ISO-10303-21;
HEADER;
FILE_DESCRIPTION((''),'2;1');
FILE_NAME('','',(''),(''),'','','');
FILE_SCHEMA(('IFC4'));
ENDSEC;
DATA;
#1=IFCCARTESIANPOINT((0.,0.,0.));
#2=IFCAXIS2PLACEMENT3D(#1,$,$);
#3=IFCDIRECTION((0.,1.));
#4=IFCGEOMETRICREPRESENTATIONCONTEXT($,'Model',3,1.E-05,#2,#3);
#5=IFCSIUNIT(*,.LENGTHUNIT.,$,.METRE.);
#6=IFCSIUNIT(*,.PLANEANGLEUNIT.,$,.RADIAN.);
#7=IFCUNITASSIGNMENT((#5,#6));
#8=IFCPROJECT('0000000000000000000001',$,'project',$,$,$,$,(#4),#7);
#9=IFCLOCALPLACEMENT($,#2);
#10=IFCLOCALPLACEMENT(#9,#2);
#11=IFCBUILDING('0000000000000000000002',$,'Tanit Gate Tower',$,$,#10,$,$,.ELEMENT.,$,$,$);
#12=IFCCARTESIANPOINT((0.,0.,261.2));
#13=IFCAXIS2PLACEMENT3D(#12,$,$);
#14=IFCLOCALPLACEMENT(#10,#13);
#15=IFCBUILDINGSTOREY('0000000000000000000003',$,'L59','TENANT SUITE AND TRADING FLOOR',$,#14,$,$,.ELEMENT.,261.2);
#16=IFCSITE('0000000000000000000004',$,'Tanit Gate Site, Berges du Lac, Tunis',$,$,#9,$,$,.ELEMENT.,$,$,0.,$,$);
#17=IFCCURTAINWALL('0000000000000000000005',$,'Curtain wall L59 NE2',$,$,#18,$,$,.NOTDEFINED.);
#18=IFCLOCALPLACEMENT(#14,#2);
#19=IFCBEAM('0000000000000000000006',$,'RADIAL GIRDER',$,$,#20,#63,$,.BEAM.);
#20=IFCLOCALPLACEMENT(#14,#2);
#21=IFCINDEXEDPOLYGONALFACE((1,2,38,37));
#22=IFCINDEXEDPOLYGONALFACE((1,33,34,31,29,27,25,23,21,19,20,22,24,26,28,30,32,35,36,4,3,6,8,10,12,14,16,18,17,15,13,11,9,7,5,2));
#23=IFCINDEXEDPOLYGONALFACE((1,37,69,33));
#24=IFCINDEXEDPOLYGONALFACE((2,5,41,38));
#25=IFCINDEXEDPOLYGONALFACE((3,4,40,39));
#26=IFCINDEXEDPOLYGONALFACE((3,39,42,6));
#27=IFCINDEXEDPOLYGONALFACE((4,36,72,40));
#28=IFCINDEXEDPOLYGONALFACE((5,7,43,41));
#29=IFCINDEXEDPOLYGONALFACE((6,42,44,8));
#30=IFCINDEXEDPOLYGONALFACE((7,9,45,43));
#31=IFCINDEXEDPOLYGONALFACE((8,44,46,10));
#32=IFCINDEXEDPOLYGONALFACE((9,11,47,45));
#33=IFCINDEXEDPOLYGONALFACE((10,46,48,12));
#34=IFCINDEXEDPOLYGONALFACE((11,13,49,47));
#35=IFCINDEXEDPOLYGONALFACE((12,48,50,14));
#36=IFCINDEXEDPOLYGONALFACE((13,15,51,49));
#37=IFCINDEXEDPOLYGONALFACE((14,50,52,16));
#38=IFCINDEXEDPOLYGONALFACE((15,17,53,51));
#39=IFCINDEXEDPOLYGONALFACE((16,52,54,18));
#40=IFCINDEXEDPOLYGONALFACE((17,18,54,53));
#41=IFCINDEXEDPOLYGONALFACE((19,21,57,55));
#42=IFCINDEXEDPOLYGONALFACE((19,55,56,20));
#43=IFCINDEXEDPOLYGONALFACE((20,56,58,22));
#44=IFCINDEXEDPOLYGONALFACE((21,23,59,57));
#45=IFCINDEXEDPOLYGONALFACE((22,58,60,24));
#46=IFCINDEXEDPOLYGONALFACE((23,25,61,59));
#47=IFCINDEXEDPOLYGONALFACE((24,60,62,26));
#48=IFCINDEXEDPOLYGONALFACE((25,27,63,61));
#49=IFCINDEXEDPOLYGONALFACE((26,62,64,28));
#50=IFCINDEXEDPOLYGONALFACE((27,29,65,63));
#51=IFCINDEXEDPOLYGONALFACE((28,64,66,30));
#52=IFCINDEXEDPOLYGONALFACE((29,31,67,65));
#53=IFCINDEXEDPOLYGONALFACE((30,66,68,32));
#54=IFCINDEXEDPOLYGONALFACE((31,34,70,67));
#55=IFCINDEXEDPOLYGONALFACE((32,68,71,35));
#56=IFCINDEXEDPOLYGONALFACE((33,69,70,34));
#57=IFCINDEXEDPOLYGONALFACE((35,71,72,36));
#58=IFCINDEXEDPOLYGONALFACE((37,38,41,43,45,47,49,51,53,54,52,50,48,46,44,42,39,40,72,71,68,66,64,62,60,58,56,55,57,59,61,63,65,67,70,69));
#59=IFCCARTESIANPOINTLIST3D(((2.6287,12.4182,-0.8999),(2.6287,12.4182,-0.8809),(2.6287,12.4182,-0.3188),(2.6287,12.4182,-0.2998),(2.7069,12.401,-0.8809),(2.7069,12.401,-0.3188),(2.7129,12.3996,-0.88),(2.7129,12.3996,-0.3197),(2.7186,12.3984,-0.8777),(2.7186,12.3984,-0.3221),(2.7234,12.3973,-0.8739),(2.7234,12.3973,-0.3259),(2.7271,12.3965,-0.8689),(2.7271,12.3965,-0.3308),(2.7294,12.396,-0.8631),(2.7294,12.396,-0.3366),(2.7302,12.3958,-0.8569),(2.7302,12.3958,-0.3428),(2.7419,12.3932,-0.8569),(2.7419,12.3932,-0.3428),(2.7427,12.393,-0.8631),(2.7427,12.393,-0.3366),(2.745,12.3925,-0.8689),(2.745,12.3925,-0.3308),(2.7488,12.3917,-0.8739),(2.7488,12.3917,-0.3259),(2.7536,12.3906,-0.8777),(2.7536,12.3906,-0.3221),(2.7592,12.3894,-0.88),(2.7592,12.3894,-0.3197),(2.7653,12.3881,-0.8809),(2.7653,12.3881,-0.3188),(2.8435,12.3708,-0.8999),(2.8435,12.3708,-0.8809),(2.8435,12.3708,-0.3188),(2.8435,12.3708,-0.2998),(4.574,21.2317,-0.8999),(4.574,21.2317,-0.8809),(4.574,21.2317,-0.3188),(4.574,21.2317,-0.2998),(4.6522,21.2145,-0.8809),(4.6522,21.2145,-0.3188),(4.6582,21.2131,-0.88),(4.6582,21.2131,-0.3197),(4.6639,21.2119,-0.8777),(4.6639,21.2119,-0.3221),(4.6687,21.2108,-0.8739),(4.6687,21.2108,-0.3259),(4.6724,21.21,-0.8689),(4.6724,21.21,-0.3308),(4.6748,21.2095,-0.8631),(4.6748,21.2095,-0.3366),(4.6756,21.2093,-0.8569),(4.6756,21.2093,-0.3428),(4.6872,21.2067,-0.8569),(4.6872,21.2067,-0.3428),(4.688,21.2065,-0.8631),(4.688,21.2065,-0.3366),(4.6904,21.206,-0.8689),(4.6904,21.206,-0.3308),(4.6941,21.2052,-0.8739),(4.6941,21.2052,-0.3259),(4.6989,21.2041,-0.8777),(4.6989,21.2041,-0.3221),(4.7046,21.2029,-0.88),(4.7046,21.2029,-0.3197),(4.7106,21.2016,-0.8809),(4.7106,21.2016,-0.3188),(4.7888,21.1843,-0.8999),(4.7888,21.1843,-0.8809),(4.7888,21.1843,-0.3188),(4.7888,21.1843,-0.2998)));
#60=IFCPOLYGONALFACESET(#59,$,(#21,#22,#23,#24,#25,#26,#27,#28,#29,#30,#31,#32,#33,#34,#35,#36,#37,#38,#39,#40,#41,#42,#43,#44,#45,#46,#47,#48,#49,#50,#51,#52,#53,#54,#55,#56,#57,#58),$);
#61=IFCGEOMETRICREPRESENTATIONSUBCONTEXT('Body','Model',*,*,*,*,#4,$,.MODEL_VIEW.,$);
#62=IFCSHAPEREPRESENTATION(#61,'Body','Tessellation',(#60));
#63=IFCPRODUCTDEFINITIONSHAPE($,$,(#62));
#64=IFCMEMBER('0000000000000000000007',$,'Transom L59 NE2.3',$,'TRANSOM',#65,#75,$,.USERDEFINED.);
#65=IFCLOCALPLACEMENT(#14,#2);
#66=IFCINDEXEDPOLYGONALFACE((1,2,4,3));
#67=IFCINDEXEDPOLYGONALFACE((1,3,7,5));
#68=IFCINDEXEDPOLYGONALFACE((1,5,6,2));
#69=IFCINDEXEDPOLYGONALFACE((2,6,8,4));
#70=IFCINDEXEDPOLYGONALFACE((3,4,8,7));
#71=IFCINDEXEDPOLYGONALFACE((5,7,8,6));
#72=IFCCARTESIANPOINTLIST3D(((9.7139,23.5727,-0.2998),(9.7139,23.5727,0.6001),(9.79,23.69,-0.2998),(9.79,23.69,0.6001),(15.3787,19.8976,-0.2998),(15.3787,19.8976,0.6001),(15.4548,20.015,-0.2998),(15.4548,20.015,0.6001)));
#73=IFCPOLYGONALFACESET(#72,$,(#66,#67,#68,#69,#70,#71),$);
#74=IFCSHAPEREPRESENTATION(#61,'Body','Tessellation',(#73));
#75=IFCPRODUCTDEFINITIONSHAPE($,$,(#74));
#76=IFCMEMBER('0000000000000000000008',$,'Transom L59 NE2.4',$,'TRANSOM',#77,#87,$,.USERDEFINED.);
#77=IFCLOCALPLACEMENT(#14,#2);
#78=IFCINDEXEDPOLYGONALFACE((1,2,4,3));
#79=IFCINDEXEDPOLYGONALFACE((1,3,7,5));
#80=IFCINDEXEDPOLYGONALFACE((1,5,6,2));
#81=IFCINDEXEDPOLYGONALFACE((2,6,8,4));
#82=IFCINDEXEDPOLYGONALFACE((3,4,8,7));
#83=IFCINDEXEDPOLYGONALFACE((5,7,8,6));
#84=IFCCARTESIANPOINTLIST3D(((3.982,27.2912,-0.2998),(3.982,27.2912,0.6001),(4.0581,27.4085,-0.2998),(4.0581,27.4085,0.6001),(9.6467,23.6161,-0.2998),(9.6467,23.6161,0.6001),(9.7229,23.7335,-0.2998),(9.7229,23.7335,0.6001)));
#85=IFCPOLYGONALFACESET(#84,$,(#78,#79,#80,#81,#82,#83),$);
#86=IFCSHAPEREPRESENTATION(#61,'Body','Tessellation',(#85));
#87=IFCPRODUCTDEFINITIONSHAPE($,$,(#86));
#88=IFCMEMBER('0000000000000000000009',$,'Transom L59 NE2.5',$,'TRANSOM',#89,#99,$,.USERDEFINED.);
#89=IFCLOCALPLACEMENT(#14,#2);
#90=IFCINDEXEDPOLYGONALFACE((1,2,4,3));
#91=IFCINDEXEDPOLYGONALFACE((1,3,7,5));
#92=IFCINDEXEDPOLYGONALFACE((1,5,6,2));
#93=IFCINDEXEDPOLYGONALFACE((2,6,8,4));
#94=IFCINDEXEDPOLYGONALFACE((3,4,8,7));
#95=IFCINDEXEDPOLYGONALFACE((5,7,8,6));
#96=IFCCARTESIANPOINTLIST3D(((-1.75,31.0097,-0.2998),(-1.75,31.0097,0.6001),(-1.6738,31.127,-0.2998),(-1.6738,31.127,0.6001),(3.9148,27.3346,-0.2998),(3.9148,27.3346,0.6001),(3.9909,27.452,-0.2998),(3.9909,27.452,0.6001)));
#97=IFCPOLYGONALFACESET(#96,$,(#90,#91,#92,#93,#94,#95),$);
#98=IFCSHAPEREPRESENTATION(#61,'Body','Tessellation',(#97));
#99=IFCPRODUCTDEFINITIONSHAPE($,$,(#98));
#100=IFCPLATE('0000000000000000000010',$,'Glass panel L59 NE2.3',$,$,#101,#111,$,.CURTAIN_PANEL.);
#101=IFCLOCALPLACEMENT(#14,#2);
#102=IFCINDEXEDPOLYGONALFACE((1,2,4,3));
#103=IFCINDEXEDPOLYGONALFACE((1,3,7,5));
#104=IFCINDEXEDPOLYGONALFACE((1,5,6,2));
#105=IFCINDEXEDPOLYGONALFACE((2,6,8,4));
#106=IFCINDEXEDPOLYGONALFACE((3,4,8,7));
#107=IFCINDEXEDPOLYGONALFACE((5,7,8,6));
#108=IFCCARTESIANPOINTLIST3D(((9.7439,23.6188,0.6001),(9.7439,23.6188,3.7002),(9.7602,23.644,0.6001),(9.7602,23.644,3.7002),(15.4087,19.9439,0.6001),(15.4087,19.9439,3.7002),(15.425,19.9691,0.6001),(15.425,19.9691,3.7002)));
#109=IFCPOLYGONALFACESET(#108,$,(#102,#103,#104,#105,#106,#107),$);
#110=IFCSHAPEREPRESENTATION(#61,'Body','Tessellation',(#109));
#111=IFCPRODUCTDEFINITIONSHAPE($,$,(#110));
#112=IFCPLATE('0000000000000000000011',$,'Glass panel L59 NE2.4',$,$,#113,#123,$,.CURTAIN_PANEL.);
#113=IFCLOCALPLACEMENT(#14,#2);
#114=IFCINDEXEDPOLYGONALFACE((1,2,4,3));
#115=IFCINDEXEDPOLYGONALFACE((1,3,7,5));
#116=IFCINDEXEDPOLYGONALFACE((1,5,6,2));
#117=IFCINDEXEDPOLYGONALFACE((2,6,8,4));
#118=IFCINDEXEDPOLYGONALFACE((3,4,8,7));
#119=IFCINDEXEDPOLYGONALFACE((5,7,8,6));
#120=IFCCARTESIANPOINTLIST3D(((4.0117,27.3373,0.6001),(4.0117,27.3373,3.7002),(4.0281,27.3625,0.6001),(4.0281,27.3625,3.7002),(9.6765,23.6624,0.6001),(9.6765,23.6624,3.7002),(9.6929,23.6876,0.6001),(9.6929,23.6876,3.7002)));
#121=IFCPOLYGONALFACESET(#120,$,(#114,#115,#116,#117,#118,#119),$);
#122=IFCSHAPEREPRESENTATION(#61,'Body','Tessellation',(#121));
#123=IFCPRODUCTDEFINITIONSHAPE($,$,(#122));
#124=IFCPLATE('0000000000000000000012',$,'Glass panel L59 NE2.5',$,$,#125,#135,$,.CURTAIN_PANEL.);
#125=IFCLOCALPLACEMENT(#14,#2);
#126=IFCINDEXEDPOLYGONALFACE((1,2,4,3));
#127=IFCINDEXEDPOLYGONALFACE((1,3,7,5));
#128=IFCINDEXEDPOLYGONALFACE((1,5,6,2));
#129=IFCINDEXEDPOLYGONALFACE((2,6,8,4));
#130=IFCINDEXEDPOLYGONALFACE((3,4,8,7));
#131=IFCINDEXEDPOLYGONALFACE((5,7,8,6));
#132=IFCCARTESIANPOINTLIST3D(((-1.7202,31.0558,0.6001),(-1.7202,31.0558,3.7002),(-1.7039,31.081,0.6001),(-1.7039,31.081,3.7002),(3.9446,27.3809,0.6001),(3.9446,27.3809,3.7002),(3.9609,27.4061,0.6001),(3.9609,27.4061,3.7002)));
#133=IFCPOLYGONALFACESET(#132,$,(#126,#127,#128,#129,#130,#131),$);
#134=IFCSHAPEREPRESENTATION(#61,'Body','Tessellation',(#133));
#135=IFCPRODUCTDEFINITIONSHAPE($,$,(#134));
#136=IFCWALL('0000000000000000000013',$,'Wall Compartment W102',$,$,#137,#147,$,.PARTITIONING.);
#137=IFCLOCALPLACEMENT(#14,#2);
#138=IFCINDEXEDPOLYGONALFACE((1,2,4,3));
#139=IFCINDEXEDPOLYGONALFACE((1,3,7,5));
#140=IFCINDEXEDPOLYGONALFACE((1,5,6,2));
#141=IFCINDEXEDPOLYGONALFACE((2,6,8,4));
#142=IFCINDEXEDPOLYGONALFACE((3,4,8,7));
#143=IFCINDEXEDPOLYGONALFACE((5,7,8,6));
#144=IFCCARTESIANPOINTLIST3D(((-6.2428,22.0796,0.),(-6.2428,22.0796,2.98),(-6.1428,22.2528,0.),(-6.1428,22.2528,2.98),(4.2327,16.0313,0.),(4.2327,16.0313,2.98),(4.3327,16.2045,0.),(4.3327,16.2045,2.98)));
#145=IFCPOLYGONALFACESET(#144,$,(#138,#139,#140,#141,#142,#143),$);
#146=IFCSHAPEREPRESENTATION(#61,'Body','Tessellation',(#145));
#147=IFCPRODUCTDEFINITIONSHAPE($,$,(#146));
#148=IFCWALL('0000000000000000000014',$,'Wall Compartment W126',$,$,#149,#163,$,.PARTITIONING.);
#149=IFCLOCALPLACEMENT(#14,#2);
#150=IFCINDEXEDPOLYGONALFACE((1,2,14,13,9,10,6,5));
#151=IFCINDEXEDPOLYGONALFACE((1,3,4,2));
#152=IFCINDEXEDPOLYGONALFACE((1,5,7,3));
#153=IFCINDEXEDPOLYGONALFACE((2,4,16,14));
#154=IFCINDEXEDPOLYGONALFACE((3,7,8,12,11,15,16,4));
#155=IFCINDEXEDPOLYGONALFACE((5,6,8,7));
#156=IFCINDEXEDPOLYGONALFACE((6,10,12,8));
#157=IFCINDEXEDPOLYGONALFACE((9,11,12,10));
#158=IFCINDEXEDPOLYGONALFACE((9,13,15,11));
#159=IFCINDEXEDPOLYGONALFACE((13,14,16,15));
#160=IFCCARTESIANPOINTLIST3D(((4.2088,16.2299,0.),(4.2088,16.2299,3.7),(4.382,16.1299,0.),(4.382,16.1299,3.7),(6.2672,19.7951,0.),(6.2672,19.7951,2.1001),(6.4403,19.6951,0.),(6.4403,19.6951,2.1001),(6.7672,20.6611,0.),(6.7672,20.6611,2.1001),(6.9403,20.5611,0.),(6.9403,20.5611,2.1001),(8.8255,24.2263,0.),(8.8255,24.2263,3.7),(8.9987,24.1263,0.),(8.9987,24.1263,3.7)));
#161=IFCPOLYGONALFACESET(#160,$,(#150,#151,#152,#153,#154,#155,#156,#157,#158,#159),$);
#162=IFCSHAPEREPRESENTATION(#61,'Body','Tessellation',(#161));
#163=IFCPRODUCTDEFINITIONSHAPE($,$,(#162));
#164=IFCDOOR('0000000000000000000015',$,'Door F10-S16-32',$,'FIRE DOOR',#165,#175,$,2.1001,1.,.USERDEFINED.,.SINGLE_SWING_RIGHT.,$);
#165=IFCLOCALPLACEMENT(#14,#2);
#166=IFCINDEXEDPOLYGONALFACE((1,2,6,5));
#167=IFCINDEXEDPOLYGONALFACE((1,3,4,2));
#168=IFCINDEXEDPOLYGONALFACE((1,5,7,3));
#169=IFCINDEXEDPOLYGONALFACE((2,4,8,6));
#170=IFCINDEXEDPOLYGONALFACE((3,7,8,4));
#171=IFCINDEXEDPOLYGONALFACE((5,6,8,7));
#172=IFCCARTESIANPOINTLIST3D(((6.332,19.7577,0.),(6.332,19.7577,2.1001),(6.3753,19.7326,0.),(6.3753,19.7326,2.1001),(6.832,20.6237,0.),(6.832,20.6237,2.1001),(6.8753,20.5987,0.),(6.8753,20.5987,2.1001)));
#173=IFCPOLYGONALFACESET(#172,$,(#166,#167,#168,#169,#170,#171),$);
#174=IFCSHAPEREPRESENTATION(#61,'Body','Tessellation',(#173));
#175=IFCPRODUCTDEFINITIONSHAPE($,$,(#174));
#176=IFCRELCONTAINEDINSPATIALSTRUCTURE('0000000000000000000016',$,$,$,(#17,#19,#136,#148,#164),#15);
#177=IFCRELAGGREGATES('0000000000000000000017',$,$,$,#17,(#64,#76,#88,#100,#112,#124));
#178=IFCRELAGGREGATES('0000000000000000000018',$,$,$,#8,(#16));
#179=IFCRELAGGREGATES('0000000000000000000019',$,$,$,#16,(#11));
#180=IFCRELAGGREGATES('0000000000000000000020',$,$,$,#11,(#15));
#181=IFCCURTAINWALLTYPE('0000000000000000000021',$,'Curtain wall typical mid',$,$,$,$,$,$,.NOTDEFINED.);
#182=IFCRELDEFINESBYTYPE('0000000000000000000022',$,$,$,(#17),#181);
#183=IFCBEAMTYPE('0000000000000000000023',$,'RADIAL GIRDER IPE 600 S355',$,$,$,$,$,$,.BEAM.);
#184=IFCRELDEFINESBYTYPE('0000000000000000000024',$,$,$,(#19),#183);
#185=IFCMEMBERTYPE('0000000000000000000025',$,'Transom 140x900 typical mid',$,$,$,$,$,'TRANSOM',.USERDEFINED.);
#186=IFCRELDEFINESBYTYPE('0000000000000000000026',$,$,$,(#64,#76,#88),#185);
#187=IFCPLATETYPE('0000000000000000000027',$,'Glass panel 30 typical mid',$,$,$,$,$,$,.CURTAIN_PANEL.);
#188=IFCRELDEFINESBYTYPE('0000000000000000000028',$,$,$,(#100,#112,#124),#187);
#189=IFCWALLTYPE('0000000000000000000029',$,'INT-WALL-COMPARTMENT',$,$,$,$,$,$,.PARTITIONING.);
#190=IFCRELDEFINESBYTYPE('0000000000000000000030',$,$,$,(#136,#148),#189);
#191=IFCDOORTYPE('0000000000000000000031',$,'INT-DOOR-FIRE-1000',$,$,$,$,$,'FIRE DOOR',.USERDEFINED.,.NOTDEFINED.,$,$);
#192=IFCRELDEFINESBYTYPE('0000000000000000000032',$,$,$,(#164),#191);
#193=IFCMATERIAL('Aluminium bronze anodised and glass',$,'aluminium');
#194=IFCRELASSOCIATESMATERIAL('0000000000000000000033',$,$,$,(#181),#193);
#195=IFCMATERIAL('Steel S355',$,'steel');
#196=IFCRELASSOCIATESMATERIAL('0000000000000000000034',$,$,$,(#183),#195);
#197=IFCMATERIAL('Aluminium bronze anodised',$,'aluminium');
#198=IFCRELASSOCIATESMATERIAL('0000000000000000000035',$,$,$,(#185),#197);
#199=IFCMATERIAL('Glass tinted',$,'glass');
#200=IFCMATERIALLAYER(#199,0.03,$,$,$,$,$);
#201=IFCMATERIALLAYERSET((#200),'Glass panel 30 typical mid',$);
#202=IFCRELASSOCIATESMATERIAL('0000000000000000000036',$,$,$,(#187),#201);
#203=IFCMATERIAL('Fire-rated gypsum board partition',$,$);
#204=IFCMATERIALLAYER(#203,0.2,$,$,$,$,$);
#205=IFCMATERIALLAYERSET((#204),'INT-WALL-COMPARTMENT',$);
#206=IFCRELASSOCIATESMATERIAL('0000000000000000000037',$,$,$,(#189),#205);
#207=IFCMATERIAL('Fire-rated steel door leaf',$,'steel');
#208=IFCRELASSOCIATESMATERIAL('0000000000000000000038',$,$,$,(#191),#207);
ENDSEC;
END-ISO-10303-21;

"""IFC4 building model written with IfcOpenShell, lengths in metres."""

from ifc_helpers import new_model, si_unit, direction, frame, frame_2d, origin, origin_2d, place, context, subcontext, project, spatial, rectangle, i_section, extrude, material, layer, layer_set, material_profile, profile_set, type_object, element, fill, aggregate, save


model = new_model("IFC4")

# Units and contexts
model_context = context("Model", 3, precision=1e-05, world=origin(), true_north=direction((0.0, 1.0)))
body_context = subcontext(model_context, "Body", "Model", "MODEL_VIEW")
ifc_project = project(units=[si_unit("LENGTHUNIT", "METRE"), si_unit("PLANEANGLEUNIT", "RADIAN")], contexts=[model_context])

# Site, building, storey
site_placement = place(None, origin())
site = spatial("IfcSite", under=ifc_project, at=site_placement, Name="Tanit Gate Site, Berges du Lac, Tunis", CompositionType="ELEMENT", RefElevation=0.0)
building_placement = place(site_placement, origin())
building = spatial("IfcBuilding", under=site, at=building_placement, Name="Tanit Gate Tower", CompositionType="ELEMENT")
storey_placement = place(building_placement, frame((0.0, 0.0, 261.2)))
storey = spatial("IfcBuildingStorey", under=building, at=storey_placement, Name="L59", Description="TENANT SUITE AND TRADING FLOOR", CompositionType="ELEMENT", Elevation=261.2)

# Curtain wall
ifc_material_1 = material(Name="Aluminium bronze anodised and glass", Category="aluminium")
curtain_wall_type = type_object("IfcCurtainWallType", Name="Curtain wall typical mid", PredefinedType="NOTDEFINED", material=ifc_material_1)
curtain_wall_placement = place(storey_placement, origin())
curtain_wall = element("IfcCurtainWall", 1, at=curtain_wall_placement, inside=storey, type_object=curtain_wall_type, Name="Curtain wall L59 NE2", PredefinedType="NOTDEFINED")

# Beam
ifc_material_2 = material(Name="Steel S355", Category="steel")
ifc_material_profile_1 = material_profile(ifc_material_2, i_section(OverallWidth=0.22, OverallDepth=0.6001, WebThickness=0.012, FlangeThickness=0.019, FilletRadius=0.0239, at=origin_2d()), Name="IPE 600")
ifc_profile_set_1 = profile_set([ifc_material_profile_1], Name="Steel S355")
beam_type_1 = type_object("IfcBeamType", Name="RADIAL GIRDER IPE 600 S355", PredefinedType="BEAM", material=ifc_profile_set_1)
beam_1_placement = place(storey_placement, frame((4.6814, 21.208, -0.5999), z_axis=(-0.215533, -0.976497, 0.0), x_axis=(0.976497, -0.215533, 0.0)))
element("IfcBeam", 2, at=beam_1_placement, inside=storey, type_object=beam_type_1, Name="RADIAL GIRDER", PredefinedType="BEAM", context=body_context, shape_type="SweptSolid", body=[
    extrude(i_section(OverallWidth=0.22, OverallDepth=0.6001, WebThickness=0.012, FlangeThickness=0.019, FilletRadius=0.0239, at=origin_2d()), origin(), (0.0, 0.0, 1.0), 9.0256),
])

# Members
ifc_material_3 = material(Name="Aluminium bronze anodised", Category="aluminium")
ifc_material_profile_2 = material_profile(ifc_material_3, rectangle(XDim=0.1399, YDim=0.8999, at=origin_2d()), Name="140x900 bronze transom")
ifc_profile_set_2 = profile_set([ifc_material_profile_2], Name="Aluminium bronze anodised")
member_type_1 = type_object("IfcMemberType", Name="Transom 140x900 typical mid", ElementType="TRANSOM", PredefinedType="USERDEFINED", material=ifc_profile_set_2)
member_1_placement = place(storey_placement, frame((15.4167, 19.9563, 0.1501), z_axis=(-0.838922, 0.544252, 0.0), x_axis=(-0.544252, -0.838922, 0.0)))
member_1 = element("IfcMember", 3, at=member_1_placement, type_object=member_type_1, Name="Transom L59 NE2.3", ObjectType="TRANSOM", PredefinedType="USERDEFINED", context=body_context, shape_type="SweptSolid", body=[
    extrude(rectangle(XDim=0.1399, YDim=0.8999, at=origin_2d()), origin(), (0.0, 0.0, 1.0), 6.7524),
])
member_2_placement = place(storey_placement, frame((9.6848, 23.6748, 0.1501), z_axis=(-0.838922, 0.544252, 0.0), x_axis=(-0.544252, -0.838922, 0.0)))
member_2 = element("IfcMember", 4, at=member_2_placement, type_object=member_type_1, Name="Transom L59 NE2.4", ObjectType="TRANSOM", PredefinedType="USERDEFINED", context=body_context, shape_type="SweptSolid", body=[
    extrude(rectangle(XDim=0.1399, YDim=0.8999, at=origin_2d()), origin(), (0.0, 0.0, 1.0), 6.7524),
])
member_3_placement = place(storey_placement, frame((3.9529, 27.3933, 0.1501), z_axis=(-0.838922, 0.544252, 0.0), x_axis=(-0.544252, -0.838922, 0.0)))
member_3 = element("IfcMember", 5, at=member_3_placement, type_object=member_type_1, Name="Transom L59 NE2.5", ObjectType="TRANSOM", PredefinedType="USERDEFINED", context=body_context, shape_type="SweptSolid", body=[
    extrude(rectangle(XDim=0.1399, YDim=0.8999, at=origin_2d()), origin(), (0.0, 0.0, 1.0), 6.7524),
])

# Plates
ifc_material_4 = material(Name="Glass tinted", Category="glass")
ifc_layer_1 = layer(ifc_material_4, 0.03)
ifc_layer_set_1 = layer_set([ifc_layer_1], Name="Glass panel 30 typical mid")
plate_type = type_object("IfcPlateType", Name="Glass panel 30 typical mid", PredefinedType="CURTAIN_PANEL", material=ifc_layer_set_1)
plate_1_placement = place(storey_placement, frame((12.5845, 21.7939, 0.6001), z_axis=(0.0, 0.0, 1.0), x_axis=(-0.838927, 0.544243, 0.0)))
plate_1 = element("IfcPlate", 6, at=plate_1_placement, type_object=plate_type, Name="Glass panel L59 NE2.3", PredefinedType="CURTAIN_PANEL", context=body_context, shape_type="SweptSolid", body=[
    extrude(rectangle(XDim=6.7524, YDim=0.03, at=origin_2d()), origin(), (0.0, 0.0, 1.0), 3.1001),
])
plate_2_placement = place(storey_placement, frame((6.8523, 25.5125, 0.6001), z_axis=(0.0, 0.0, 1.0), x_axis=(-0.838927, 0.544243, 0.0)))
plate_2 = element("IfcPlate", 7, at=plate_2_placement, type_object=plate_type, Name="Glass panel L59 NE2.4", PredefinedType="CURTAIN_PANEL", context=body_context, shape_type="SweptSolid", body=[
    extrude(rectangle(XDim=6.7524, YDim=0.03, at=origin_2d()), origin(), (0.0, 0.0, 1.0), 3.1001),
])
plate_3_placement = place(storey_placement, frame((1.1204, 29.231, 0.6001), z_axis=(0.0, 0.0, 1.0), x_axis=(-0.838927, 0.544243, 0.0)))
plate_3 = element("IfcPlate", 8, at=plate_3_placement, type_object=plate_type, Name="Glass panel L59 NE2.5", PredefinedType="CURTAIN_PANEL", context=body_context, shape_type="SweptSolid", body=[
    extrude(rectangle(XDim=6.7524, YDim=0.03, at=origin_2d()), origin(), (0.0, 0.0, 1.0), 3.1001),
])
aggregate(curtain_wall, [member_1, member_2, member_3, plate_1, plate_2, plate_3])

# Wall
ifc_material_5 = material(Name="Fire-rated gypsum board partition")
ifc_layer_2 = layer(ifc_material_5, 0.2)
ifc_layer_set_2 = layer_set([ifc_layer_2], Name="INT-WALL-COMPARTMENT")
wall_type_1 = type_object("IfcWallType", Name="INT-WALL-COMPARTMENT", PredefinedType="PARTITIONING", material=ifc_layer_set_2)
wall_1_placement = place(storey_placement, frame((4.2827, 16.1179, 0.0), z_axis=(0.0, 0.0, 1.0), x_axis=(-0.866016, 0.500016, 0.0)))
element("IfcWall", 9, at=wall_1_placement, inside=storey, type_object=wall_type_1, Name="Wall Compartment W102", PredefinedType="PARTITIONING", context=body_context, shape_type="SweptSolid", body=[
    extrude(rectangle(XDim=12.0962, YDim=0.2, at=frame_2d((6.0481, 0.0))), origin(), (0.0, 0.0, 1.0), 2.98),
])

# Wall, opening, door
wall_2_placement = place(storey_placement, frame((8.9121, 24.1763, 0.0), z_axis=(0.0, 0.0, 1.0), x_axis=(-0.500001, -0.866025, 0.0)))
wall_2 = element("IfcWall", 10, at=wall_2_placement, inside=storey, type_object=wall_type_1, Name="Wall Compartment W126", PredefinedType="PARTITIONING", context=body_context, shape_type="SweptSolid", body=[
    extrude(rectangle(XDim=9.2334, YDim=0.2, at=frame_2d((4.6167, 0.0))), origin(), (0.0, 0.0, 1.0), 3.7),
])
opening_1_placement = place(wall_2_placement, frame((4.1167, 0.0, 0.0)))
opening_1 = element("IfcOpeningElement", 11, at=opening_1_placement, cuts=wall_2, PredefinedType="OPENING", context=body_context, shape_type="SweptSolid", body=[
    extrude(rectangle(XDim=1.0, YDim=2.1001, at=frame_2d((0.5, 1.05))), frame((0.0, 0.1099, 0.0), z_axis=(0.0, -1.0, 0.0), x_axis=(1.0, 0.0, 0.0)), (0.0, 0.0, 1.0), 0.22),
])
ifc_material_6 = material(Name="Fire-rated steel door leaf", Category="steel")
door_type_1 = type_object("IfcDoorType", Name="INT-DOOR-FIRE-1000", ElementType="FIRE DOOR", OperationType="NOTDEFINED", PredefinedType="USERDEFINED", material=ifc_material_6)
door_1_placement = place(opening_1_placement, origin())
door_1 = element("IfcDoor", 12, at=door_1_placement, inside=storey, type_object=door_type_1, Name="Door F10-S16-32", ObjectType="FIRE DOOR", OperationType="SINGLE_SWING_RIGHT", OverallHeight=2.1001, OverallWidth=1.0, PredefinedType="USERDEFINED", context=body_context, shape_type="SweptSolid", body=[
    extrude(rectangle(XDim=1.0, YDim=2.1001, at=frame_2d((0.5, 1.05))), frame((0.0, 0.0249, 0.0), z_axis=(0.0, -1.0, 0.0), x_axis=(1.0, 0.0, 0.0)), (0.0, 0.0, 1.0), 0.05),
])
fill(opening_1, door_1)

save(model, "model.ifc")
